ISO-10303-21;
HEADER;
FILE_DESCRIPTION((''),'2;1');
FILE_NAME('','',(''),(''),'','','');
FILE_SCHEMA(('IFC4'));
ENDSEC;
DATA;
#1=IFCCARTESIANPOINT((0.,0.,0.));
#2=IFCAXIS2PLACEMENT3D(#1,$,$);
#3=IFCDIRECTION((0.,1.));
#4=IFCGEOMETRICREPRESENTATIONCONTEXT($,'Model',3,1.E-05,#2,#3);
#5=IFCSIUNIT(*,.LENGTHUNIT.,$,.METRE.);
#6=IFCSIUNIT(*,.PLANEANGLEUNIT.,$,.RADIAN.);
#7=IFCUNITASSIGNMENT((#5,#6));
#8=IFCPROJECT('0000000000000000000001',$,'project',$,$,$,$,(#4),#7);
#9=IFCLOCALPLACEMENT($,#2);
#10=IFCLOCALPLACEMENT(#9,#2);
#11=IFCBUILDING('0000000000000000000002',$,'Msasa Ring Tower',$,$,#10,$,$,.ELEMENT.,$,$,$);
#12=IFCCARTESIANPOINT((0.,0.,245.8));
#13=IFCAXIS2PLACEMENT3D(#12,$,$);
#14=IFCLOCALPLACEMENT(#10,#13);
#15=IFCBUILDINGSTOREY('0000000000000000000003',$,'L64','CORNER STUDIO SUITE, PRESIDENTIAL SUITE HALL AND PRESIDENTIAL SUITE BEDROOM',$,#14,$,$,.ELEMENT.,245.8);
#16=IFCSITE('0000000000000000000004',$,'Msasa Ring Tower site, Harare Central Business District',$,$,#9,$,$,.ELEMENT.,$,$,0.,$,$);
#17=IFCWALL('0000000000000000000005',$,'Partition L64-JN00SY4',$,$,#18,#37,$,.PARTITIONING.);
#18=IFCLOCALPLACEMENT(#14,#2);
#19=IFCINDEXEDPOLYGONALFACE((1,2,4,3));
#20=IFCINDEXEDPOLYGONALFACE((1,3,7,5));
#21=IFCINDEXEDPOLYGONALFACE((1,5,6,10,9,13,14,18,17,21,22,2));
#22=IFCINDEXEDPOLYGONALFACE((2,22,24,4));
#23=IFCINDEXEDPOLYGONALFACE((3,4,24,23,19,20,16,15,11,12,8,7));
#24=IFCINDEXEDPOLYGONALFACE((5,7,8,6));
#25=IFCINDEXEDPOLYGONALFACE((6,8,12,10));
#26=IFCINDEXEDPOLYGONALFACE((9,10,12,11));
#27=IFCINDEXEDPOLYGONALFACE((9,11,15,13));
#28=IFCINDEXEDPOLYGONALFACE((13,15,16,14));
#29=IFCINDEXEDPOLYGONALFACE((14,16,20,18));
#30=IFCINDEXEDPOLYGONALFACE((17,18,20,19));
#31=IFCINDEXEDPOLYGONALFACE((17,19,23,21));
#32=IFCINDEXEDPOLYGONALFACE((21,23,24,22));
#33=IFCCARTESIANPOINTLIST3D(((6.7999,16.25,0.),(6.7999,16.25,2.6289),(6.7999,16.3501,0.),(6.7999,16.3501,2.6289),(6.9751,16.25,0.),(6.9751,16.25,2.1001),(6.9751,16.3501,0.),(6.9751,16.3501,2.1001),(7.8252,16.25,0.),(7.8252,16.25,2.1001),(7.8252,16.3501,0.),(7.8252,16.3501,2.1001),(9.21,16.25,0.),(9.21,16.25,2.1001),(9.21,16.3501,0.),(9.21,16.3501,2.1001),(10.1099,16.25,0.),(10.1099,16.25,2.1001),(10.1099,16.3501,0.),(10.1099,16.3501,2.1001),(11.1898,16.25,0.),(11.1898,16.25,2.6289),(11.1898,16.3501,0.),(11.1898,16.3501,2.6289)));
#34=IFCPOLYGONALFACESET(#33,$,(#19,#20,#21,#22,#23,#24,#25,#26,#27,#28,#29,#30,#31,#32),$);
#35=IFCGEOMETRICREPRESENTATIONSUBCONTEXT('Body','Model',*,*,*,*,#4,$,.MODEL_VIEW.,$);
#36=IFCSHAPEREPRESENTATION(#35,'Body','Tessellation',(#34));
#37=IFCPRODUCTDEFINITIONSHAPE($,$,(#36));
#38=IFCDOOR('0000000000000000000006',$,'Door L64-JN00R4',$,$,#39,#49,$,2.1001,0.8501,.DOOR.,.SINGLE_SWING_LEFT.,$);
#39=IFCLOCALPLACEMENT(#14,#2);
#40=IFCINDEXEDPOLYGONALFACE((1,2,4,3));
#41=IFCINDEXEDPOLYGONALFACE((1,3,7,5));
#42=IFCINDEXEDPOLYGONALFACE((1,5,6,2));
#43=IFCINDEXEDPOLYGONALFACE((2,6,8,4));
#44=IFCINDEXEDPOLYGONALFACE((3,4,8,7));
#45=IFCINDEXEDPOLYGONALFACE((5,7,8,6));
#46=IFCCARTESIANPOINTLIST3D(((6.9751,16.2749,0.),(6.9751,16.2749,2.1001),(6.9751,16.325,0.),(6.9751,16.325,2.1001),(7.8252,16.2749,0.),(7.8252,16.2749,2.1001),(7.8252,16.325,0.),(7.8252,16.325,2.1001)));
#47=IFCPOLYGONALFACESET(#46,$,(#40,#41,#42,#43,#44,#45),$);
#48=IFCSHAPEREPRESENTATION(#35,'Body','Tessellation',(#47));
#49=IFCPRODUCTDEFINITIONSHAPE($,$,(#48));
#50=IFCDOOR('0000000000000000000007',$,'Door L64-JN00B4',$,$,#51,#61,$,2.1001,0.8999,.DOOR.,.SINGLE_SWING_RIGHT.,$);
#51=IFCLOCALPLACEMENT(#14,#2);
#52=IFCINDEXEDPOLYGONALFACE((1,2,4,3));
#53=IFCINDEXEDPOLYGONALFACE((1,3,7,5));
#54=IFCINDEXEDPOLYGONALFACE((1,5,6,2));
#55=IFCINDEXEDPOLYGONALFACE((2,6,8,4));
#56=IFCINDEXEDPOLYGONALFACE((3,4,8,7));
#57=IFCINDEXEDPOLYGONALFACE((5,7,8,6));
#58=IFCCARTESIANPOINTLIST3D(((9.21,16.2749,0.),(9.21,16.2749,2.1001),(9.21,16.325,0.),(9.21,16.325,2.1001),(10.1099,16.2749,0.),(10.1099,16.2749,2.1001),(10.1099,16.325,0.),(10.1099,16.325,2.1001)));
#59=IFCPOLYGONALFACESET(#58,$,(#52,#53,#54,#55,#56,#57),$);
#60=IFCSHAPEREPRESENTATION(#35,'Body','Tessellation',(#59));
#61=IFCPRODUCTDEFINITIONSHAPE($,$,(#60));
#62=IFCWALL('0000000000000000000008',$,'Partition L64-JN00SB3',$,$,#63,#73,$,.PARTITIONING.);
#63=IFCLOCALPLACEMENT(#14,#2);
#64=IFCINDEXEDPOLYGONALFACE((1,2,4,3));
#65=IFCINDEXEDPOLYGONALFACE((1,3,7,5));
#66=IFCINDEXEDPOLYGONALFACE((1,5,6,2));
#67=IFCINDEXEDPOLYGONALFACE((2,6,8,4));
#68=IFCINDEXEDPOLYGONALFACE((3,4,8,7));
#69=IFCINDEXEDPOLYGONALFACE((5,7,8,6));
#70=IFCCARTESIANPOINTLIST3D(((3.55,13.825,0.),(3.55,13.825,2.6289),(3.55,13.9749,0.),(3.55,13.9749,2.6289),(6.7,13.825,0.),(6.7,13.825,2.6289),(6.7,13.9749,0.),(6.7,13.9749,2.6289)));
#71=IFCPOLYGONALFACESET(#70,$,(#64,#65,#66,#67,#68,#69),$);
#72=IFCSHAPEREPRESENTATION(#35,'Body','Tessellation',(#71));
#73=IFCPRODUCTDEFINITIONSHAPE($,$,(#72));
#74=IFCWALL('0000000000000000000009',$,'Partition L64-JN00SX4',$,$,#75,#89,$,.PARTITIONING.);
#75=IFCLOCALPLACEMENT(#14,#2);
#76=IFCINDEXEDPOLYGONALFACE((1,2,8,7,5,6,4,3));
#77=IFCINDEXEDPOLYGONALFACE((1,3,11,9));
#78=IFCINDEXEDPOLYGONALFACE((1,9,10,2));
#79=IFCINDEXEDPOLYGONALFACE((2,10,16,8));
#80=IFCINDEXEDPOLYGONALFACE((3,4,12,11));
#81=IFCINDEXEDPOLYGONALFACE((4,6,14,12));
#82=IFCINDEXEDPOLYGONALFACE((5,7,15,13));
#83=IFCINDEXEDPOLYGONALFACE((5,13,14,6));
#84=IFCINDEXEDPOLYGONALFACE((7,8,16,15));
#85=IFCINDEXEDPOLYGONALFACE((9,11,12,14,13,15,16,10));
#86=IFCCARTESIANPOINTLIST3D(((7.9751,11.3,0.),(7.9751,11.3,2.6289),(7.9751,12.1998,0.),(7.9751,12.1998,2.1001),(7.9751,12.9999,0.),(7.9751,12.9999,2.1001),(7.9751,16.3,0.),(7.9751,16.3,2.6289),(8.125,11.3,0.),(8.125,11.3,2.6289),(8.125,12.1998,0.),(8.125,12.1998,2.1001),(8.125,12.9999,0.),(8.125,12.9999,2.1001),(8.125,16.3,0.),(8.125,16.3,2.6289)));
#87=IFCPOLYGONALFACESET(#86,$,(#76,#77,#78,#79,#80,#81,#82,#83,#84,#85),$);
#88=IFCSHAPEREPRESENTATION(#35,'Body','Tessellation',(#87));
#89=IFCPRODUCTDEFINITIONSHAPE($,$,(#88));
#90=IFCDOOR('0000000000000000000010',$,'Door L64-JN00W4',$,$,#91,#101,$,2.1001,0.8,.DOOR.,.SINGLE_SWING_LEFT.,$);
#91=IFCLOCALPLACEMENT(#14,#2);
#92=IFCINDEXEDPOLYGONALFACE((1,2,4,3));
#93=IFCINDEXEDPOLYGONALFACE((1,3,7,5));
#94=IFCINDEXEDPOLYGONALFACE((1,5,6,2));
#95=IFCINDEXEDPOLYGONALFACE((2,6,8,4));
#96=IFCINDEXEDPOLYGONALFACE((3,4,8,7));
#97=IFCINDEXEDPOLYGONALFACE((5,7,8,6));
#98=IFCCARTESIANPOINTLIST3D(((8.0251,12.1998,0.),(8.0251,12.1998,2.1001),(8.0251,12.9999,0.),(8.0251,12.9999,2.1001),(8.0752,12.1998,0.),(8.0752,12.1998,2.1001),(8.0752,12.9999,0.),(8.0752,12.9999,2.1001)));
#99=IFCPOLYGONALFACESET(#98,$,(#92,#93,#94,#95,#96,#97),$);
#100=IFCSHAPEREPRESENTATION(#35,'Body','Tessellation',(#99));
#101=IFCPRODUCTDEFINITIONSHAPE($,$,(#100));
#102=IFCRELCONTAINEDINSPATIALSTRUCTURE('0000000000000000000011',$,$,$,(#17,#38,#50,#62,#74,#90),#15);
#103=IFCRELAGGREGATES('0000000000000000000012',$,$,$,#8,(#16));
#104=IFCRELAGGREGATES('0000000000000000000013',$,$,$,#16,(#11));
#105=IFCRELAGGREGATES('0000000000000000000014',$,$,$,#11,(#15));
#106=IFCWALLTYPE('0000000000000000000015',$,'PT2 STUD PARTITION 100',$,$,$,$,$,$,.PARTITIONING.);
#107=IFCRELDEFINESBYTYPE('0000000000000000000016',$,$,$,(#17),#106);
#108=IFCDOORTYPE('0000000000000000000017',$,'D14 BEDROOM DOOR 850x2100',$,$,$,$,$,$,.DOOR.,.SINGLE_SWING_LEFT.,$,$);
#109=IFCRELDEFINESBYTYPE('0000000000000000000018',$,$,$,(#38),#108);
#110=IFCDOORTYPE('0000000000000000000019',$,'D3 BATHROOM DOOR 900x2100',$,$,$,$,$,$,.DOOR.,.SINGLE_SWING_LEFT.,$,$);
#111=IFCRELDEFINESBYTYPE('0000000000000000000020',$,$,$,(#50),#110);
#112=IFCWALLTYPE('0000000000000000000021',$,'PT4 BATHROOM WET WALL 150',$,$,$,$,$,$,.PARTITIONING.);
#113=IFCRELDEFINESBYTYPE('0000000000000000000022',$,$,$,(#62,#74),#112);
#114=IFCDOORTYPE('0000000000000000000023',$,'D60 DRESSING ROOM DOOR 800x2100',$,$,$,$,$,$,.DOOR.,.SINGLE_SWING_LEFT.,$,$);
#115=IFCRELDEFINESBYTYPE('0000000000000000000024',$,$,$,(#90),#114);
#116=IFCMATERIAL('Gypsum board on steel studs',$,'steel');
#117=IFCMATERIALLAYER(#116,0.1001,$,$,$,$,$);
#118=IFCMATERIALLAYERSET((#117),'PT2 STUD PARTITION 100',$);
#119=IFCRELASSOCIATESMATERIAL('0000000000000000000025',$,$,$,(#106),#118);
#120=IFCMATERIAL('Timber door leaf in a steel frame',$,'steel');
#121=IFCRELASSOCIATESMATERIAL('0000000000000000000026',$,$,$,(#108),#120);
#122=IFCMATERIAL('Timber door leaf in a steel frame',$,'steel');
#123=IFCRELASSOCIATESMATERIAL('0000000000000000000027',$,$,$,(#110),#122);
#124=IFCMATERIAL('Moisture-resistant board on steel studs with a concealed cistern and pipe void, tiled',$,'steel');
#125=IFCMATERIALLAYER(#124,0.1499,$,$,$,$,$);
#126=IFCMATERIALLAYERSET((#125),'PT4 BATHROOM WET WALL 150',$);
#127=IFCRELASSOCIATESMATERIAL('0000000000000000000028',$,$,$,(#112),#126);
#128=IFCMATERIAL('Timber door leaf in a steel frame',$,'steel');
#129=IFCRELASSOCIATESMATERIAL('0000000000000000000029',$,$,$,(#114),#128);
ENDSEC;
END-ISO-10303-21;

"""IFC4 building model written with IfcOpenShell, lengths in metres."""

from ifc_helpers import new_model, si_unit, direction, frame, frame_2d, origin, place, context, subcontext, project, spatial, rectangle, extrude, material, layer, layer_set, type_object, element, fill, save


model = new_model("IFC4")

# Units and contexts
model_context = context("Model", 3, precision=1e-05, world=origin(), true_north=direction((0.0, 1.0)))
body_context = subcontext(model_context, "Body", "Model", "MODEL_VIEW")
ifc_project = project(units=[si_unit("LENGTHUNIT", "METRE"), si_unit("PLANEANGLEUNIT", "RADIAN")], contexts=[model_context])

# Site, building, storey
site_placement = place(None, origin())
site = spatial("IfcSite", under=ifc_project, at=site_placement, Name="Msasa Ring Tower site, Harare Central Business District", CompositionType="ELEMENT", RefElevation=0.0)
building_placement = place(site_placement, origin())
building = spatial("IfcBuilding", under=site, at=building_placement, Name="Msasa Ring Tower", CompositionType="ELEMENT")
storey_placement = place(building_placement, frame((0.0, 0.0, 245.8)))
storey = spatial("IfcBuildingStorey", under=building, at=storey_placement, Name="L64", Description="CORNER STUDIO SUITE, PRESIDENTIAL SUITE HALL AND PRESIDENTIAL SUITE BEDROOM", CompositionType="ELEMENT", Elevation=245.8)

# Wall, openings, doors
ifc_material_1 = material(Name="Gypsum board on steel studs", Category="steel")
ifc_layer_1 = layer(ifc_material_1, 0.1001)
ifc_layer_set_1 = layer_set([ifc_layer_1], Name="PT2 STUD PARTITION 100")
wall_type_1 = type_object("IfcWallType", Name="PT2 STUD PARTITION 100", PredefinedType="PARTITIONING", material=ifc_layer_set_1)
ifc_material_2 = material(Name="Timber door leaf in a steel frame", Category="steel")
door_type_1 = type_object("IfcDoorType", Name="D14 BEDROOM DOOR 850x2100", OperationType="SINGLE_SWING_LEFT", PredefinedType="DOOR", material=ifc_material_2)
ifc_material_3 = material(Name="Timber door leaf in a steel frame", Category="steel")
door_type_2 = type_object("IfcDoorType", Name="D3 BATHROOM DOOR 900x2100", OperationType="SINGLE_SWING_LEFT", PredefinedType="DOOR", material=ifc_material_3)
wall_1_placement = place(storey_placement, frame((6.8, 16.3, 0.0), z_axis=(0.0, 0.0, 1.0), x_axis=(1.0, 0.0, 0.0)))
wall_1 = element("IfcWall", 1, at=wall_1_placement, inside=storey, type_object=wall_type_1, Name="Partition L64-JN00SY4", PredefinedType="PARTITIONING", context=body_context, shape_type="SweptSolid", body=[
    extrude(rectangle(XDim=4.3899, YDim=0.1001, at=frame_2d((2.1948, 0.0))), origin(), (0.0, 0.0, 1.0), 2.6289),
])
opening_1_placement = place(wall_1_placement, frame((0.175, 0.0, 0.0)))
opening_1 = element("IfcOpeningElement", 2, at=opening_1_placement, cuts=wall_1, PredefinedType="OPENING", context=body_context, shape_type="SweptSolid", body=[
    extrude(rectangle(XDim=0.8501, YDim=2.1001, at=frame_2d((0.425, 1.05))), frame((0.0, 0.0601, 0.0), z_axis=(0.0, -1.0, 0.0), x_axis=(1.0, 0.0, 0.0)), (0.0, 0.0, 1.0), 0.1201),
])
opening_2_placement = place(wall_1_placement, frame((2.4099, 0.0, 0.0)))
opening_2 = element("IfcOpeningElement", 3, at=opening_2_placement, cuts=wall_1, PredefinedType="OPENING", context=body_context, shape_type="SweptSolid", body=[
    extrude(rectangle(XDim=0.8999, YDim=2.1001, at=frame_2d((0.45, 1.05))), frame((0.0, 0.0601, 0.0), z_axis=(0.0, -1.0, 0.0), x_axis=(1.0, 0.0, 0.0)), (0.0, 0.0, 1.0), 0.1201),
])
door_1_placement = place(opening_1_placement, origin())
door_1 = element("IfcDoor", 4, at=door_1_placement, inside=storey, type_object=door_type_1, Name="Door L64-JN00R4", OperationType="SINGLE_SWING_LEFT", OverallHeight=2.1001, OverallWidth=0.8501, PredefinedType="DOOR", context=body_context, shape_type="SweptSolid", body=[
    extrude(rectangle(XDim=0.8501, YDim=2.1001, at=frame_2d((0.425, 1.05))), frame((0.0, 0.0249, 0.0), z_axis=(0.0, -1.0, 0.0), x_axis=(1.0, 0.0, 0.0)), (0.0, 0.0, 1.0), 0.05),
])
fill(opening_1, door_1)
door_2_placement = place(opening_2_placement, origin())
door_2 = element("IfcDoor", 5, at=door_2_placement, inside=storey, type_object=door_type_2, Name="Door L64-JN00B4", OperationType="SINGLE_SWING_RIGHT", OverallHeight=2.1001, OverallWidth=0.8999, PredefinedType="DOOR", context=body_context, shape_type="SweptSolid", body=[
    extrude(rectangle(XDim=0.8999, YDim=2.1001, at=frame_2d((0.45, 1.05))), frame((0.0, 0.0249, 0.0), z_axis=(0.0, -1.0, 0.0), x_axis=(1.0, 0.0, 0.0)), (0.0, 0.0, 1.0), 0.05),
])
fill(opening_2, door_2)

# Wall
ifc_material_4 = material(Name="Moisture-resistant board on steel studs with a concealed cistern and pipe void, tiled", Category="steel")
ifc_layer_2 = layer(ifc_material_4, 0.1499)
ifc_layer_set_2 = layer_set([ifc_layer_2], Name="PT4 BATHROOM WET WALL 150")
wall_type_2 = type_object("IfcWallType", Name="PT4 BATHROOM WET WALL 150", PredefinedType="PARTITIONING", material=ifc_layer_set_2)
wall_2_placement = place(storey_placement, frame((3.55, 13.8999, 0.0), z_axis=(0.0, 0.0, 1.0), x_axis=(1.0, 0.0, 0.0)))
element("IfcWall", 6, at=wall_2_placement, inside=storey, type_object=wall_type_2, Name="Partition L64-JN00SB3", PredefinedType="PARTITIONING", context=body_context, shape_type="SweptSolid", body=[
    extrude(rectangle(XDim=3.1499, YDim=0.1499, at=frame_2d((1.575, 0.0))), origin(), (0.0, 0.0, 1.0), 2.6289),
])

# Wall, opening, door
wall_3_placement = place(storey_placement, frame((8.05, 11.3, 0.0), z_axis=(0.0, 0.0, 1.0), x_axis=(0.0, 1.0, 0.0)))
wall_3 = element("IfcWall", 7, at=wall_3_placement, inside=storey, type_object=wall_type_2, Name="Partition L64-JN00SX4", PredefinedType="PARTITIONING", context=body_context, shape_type="SweptSolid", body=[
    extrude(rectangle(XDim=5.0, YDim=0.1499, at=frame_2d((2.5, 0.0))), origin(), (0.0, 0.0, 1.0), 2.6289),
])
opening_3_placement = place(wall_3_placement, frame((0.8999, 0.0, 0.0)))
opening_3 = element("IfcOpeningElement", 8, at=opening_3_placement, cuts=wall_3, PredefinedType="OPENING", context=body_context, shape_type="SweptSolid", body=[
    extrude(rectangle(XDim=0.8, YDim=2.1001, at=frame_2d((0.3999, 1.05))), frame((0.0, 0.085, 0.0), z_axis=(0.0, -1.0, 0.0), x_axis=(1.0, 0.0, 0.0)), (0.0, 0.0, 1.0), 0.1699),
])
ifc_material_5 = material(Name="Timber door leaf in a steel frame", Category="steel")
door_type_3 = type_object("IfcDoorType", Name="D60 DRESSING ROOM DOOR 800x2100", OperationType="SINGLE_SWING_LEFT", PredefinedType="DOOR", material=ifc_material_5)
door_3_placement = place(opening_3_placement, origin())
door_3 = element("IfcDoor", 9, at=door_3_placement, inside=storey, type_object=door_type_3, Name="Door L64-JN00W4", OperationType="SINGLE_SWING_LEFT", OverallHeight=2.1001, OverallWidth=0.8, PredefinedType="DOOR", context=body_context, shape_type="SweptSolid", body=[
    extrude(rectangle(XDim=0.8, YDim=2.1001, at=frame_2d((0.3999, 1.05))), frame((0.0, 0.0249, 0.0), z_axis=(0.0, -1.0, 0.0), x_axis=(1.0, 0.0, 0.0)), (0.0, 0.0, 1.0), 0.05),
])
fill(opening_3, door_3)

save(model, "model.ifc")
